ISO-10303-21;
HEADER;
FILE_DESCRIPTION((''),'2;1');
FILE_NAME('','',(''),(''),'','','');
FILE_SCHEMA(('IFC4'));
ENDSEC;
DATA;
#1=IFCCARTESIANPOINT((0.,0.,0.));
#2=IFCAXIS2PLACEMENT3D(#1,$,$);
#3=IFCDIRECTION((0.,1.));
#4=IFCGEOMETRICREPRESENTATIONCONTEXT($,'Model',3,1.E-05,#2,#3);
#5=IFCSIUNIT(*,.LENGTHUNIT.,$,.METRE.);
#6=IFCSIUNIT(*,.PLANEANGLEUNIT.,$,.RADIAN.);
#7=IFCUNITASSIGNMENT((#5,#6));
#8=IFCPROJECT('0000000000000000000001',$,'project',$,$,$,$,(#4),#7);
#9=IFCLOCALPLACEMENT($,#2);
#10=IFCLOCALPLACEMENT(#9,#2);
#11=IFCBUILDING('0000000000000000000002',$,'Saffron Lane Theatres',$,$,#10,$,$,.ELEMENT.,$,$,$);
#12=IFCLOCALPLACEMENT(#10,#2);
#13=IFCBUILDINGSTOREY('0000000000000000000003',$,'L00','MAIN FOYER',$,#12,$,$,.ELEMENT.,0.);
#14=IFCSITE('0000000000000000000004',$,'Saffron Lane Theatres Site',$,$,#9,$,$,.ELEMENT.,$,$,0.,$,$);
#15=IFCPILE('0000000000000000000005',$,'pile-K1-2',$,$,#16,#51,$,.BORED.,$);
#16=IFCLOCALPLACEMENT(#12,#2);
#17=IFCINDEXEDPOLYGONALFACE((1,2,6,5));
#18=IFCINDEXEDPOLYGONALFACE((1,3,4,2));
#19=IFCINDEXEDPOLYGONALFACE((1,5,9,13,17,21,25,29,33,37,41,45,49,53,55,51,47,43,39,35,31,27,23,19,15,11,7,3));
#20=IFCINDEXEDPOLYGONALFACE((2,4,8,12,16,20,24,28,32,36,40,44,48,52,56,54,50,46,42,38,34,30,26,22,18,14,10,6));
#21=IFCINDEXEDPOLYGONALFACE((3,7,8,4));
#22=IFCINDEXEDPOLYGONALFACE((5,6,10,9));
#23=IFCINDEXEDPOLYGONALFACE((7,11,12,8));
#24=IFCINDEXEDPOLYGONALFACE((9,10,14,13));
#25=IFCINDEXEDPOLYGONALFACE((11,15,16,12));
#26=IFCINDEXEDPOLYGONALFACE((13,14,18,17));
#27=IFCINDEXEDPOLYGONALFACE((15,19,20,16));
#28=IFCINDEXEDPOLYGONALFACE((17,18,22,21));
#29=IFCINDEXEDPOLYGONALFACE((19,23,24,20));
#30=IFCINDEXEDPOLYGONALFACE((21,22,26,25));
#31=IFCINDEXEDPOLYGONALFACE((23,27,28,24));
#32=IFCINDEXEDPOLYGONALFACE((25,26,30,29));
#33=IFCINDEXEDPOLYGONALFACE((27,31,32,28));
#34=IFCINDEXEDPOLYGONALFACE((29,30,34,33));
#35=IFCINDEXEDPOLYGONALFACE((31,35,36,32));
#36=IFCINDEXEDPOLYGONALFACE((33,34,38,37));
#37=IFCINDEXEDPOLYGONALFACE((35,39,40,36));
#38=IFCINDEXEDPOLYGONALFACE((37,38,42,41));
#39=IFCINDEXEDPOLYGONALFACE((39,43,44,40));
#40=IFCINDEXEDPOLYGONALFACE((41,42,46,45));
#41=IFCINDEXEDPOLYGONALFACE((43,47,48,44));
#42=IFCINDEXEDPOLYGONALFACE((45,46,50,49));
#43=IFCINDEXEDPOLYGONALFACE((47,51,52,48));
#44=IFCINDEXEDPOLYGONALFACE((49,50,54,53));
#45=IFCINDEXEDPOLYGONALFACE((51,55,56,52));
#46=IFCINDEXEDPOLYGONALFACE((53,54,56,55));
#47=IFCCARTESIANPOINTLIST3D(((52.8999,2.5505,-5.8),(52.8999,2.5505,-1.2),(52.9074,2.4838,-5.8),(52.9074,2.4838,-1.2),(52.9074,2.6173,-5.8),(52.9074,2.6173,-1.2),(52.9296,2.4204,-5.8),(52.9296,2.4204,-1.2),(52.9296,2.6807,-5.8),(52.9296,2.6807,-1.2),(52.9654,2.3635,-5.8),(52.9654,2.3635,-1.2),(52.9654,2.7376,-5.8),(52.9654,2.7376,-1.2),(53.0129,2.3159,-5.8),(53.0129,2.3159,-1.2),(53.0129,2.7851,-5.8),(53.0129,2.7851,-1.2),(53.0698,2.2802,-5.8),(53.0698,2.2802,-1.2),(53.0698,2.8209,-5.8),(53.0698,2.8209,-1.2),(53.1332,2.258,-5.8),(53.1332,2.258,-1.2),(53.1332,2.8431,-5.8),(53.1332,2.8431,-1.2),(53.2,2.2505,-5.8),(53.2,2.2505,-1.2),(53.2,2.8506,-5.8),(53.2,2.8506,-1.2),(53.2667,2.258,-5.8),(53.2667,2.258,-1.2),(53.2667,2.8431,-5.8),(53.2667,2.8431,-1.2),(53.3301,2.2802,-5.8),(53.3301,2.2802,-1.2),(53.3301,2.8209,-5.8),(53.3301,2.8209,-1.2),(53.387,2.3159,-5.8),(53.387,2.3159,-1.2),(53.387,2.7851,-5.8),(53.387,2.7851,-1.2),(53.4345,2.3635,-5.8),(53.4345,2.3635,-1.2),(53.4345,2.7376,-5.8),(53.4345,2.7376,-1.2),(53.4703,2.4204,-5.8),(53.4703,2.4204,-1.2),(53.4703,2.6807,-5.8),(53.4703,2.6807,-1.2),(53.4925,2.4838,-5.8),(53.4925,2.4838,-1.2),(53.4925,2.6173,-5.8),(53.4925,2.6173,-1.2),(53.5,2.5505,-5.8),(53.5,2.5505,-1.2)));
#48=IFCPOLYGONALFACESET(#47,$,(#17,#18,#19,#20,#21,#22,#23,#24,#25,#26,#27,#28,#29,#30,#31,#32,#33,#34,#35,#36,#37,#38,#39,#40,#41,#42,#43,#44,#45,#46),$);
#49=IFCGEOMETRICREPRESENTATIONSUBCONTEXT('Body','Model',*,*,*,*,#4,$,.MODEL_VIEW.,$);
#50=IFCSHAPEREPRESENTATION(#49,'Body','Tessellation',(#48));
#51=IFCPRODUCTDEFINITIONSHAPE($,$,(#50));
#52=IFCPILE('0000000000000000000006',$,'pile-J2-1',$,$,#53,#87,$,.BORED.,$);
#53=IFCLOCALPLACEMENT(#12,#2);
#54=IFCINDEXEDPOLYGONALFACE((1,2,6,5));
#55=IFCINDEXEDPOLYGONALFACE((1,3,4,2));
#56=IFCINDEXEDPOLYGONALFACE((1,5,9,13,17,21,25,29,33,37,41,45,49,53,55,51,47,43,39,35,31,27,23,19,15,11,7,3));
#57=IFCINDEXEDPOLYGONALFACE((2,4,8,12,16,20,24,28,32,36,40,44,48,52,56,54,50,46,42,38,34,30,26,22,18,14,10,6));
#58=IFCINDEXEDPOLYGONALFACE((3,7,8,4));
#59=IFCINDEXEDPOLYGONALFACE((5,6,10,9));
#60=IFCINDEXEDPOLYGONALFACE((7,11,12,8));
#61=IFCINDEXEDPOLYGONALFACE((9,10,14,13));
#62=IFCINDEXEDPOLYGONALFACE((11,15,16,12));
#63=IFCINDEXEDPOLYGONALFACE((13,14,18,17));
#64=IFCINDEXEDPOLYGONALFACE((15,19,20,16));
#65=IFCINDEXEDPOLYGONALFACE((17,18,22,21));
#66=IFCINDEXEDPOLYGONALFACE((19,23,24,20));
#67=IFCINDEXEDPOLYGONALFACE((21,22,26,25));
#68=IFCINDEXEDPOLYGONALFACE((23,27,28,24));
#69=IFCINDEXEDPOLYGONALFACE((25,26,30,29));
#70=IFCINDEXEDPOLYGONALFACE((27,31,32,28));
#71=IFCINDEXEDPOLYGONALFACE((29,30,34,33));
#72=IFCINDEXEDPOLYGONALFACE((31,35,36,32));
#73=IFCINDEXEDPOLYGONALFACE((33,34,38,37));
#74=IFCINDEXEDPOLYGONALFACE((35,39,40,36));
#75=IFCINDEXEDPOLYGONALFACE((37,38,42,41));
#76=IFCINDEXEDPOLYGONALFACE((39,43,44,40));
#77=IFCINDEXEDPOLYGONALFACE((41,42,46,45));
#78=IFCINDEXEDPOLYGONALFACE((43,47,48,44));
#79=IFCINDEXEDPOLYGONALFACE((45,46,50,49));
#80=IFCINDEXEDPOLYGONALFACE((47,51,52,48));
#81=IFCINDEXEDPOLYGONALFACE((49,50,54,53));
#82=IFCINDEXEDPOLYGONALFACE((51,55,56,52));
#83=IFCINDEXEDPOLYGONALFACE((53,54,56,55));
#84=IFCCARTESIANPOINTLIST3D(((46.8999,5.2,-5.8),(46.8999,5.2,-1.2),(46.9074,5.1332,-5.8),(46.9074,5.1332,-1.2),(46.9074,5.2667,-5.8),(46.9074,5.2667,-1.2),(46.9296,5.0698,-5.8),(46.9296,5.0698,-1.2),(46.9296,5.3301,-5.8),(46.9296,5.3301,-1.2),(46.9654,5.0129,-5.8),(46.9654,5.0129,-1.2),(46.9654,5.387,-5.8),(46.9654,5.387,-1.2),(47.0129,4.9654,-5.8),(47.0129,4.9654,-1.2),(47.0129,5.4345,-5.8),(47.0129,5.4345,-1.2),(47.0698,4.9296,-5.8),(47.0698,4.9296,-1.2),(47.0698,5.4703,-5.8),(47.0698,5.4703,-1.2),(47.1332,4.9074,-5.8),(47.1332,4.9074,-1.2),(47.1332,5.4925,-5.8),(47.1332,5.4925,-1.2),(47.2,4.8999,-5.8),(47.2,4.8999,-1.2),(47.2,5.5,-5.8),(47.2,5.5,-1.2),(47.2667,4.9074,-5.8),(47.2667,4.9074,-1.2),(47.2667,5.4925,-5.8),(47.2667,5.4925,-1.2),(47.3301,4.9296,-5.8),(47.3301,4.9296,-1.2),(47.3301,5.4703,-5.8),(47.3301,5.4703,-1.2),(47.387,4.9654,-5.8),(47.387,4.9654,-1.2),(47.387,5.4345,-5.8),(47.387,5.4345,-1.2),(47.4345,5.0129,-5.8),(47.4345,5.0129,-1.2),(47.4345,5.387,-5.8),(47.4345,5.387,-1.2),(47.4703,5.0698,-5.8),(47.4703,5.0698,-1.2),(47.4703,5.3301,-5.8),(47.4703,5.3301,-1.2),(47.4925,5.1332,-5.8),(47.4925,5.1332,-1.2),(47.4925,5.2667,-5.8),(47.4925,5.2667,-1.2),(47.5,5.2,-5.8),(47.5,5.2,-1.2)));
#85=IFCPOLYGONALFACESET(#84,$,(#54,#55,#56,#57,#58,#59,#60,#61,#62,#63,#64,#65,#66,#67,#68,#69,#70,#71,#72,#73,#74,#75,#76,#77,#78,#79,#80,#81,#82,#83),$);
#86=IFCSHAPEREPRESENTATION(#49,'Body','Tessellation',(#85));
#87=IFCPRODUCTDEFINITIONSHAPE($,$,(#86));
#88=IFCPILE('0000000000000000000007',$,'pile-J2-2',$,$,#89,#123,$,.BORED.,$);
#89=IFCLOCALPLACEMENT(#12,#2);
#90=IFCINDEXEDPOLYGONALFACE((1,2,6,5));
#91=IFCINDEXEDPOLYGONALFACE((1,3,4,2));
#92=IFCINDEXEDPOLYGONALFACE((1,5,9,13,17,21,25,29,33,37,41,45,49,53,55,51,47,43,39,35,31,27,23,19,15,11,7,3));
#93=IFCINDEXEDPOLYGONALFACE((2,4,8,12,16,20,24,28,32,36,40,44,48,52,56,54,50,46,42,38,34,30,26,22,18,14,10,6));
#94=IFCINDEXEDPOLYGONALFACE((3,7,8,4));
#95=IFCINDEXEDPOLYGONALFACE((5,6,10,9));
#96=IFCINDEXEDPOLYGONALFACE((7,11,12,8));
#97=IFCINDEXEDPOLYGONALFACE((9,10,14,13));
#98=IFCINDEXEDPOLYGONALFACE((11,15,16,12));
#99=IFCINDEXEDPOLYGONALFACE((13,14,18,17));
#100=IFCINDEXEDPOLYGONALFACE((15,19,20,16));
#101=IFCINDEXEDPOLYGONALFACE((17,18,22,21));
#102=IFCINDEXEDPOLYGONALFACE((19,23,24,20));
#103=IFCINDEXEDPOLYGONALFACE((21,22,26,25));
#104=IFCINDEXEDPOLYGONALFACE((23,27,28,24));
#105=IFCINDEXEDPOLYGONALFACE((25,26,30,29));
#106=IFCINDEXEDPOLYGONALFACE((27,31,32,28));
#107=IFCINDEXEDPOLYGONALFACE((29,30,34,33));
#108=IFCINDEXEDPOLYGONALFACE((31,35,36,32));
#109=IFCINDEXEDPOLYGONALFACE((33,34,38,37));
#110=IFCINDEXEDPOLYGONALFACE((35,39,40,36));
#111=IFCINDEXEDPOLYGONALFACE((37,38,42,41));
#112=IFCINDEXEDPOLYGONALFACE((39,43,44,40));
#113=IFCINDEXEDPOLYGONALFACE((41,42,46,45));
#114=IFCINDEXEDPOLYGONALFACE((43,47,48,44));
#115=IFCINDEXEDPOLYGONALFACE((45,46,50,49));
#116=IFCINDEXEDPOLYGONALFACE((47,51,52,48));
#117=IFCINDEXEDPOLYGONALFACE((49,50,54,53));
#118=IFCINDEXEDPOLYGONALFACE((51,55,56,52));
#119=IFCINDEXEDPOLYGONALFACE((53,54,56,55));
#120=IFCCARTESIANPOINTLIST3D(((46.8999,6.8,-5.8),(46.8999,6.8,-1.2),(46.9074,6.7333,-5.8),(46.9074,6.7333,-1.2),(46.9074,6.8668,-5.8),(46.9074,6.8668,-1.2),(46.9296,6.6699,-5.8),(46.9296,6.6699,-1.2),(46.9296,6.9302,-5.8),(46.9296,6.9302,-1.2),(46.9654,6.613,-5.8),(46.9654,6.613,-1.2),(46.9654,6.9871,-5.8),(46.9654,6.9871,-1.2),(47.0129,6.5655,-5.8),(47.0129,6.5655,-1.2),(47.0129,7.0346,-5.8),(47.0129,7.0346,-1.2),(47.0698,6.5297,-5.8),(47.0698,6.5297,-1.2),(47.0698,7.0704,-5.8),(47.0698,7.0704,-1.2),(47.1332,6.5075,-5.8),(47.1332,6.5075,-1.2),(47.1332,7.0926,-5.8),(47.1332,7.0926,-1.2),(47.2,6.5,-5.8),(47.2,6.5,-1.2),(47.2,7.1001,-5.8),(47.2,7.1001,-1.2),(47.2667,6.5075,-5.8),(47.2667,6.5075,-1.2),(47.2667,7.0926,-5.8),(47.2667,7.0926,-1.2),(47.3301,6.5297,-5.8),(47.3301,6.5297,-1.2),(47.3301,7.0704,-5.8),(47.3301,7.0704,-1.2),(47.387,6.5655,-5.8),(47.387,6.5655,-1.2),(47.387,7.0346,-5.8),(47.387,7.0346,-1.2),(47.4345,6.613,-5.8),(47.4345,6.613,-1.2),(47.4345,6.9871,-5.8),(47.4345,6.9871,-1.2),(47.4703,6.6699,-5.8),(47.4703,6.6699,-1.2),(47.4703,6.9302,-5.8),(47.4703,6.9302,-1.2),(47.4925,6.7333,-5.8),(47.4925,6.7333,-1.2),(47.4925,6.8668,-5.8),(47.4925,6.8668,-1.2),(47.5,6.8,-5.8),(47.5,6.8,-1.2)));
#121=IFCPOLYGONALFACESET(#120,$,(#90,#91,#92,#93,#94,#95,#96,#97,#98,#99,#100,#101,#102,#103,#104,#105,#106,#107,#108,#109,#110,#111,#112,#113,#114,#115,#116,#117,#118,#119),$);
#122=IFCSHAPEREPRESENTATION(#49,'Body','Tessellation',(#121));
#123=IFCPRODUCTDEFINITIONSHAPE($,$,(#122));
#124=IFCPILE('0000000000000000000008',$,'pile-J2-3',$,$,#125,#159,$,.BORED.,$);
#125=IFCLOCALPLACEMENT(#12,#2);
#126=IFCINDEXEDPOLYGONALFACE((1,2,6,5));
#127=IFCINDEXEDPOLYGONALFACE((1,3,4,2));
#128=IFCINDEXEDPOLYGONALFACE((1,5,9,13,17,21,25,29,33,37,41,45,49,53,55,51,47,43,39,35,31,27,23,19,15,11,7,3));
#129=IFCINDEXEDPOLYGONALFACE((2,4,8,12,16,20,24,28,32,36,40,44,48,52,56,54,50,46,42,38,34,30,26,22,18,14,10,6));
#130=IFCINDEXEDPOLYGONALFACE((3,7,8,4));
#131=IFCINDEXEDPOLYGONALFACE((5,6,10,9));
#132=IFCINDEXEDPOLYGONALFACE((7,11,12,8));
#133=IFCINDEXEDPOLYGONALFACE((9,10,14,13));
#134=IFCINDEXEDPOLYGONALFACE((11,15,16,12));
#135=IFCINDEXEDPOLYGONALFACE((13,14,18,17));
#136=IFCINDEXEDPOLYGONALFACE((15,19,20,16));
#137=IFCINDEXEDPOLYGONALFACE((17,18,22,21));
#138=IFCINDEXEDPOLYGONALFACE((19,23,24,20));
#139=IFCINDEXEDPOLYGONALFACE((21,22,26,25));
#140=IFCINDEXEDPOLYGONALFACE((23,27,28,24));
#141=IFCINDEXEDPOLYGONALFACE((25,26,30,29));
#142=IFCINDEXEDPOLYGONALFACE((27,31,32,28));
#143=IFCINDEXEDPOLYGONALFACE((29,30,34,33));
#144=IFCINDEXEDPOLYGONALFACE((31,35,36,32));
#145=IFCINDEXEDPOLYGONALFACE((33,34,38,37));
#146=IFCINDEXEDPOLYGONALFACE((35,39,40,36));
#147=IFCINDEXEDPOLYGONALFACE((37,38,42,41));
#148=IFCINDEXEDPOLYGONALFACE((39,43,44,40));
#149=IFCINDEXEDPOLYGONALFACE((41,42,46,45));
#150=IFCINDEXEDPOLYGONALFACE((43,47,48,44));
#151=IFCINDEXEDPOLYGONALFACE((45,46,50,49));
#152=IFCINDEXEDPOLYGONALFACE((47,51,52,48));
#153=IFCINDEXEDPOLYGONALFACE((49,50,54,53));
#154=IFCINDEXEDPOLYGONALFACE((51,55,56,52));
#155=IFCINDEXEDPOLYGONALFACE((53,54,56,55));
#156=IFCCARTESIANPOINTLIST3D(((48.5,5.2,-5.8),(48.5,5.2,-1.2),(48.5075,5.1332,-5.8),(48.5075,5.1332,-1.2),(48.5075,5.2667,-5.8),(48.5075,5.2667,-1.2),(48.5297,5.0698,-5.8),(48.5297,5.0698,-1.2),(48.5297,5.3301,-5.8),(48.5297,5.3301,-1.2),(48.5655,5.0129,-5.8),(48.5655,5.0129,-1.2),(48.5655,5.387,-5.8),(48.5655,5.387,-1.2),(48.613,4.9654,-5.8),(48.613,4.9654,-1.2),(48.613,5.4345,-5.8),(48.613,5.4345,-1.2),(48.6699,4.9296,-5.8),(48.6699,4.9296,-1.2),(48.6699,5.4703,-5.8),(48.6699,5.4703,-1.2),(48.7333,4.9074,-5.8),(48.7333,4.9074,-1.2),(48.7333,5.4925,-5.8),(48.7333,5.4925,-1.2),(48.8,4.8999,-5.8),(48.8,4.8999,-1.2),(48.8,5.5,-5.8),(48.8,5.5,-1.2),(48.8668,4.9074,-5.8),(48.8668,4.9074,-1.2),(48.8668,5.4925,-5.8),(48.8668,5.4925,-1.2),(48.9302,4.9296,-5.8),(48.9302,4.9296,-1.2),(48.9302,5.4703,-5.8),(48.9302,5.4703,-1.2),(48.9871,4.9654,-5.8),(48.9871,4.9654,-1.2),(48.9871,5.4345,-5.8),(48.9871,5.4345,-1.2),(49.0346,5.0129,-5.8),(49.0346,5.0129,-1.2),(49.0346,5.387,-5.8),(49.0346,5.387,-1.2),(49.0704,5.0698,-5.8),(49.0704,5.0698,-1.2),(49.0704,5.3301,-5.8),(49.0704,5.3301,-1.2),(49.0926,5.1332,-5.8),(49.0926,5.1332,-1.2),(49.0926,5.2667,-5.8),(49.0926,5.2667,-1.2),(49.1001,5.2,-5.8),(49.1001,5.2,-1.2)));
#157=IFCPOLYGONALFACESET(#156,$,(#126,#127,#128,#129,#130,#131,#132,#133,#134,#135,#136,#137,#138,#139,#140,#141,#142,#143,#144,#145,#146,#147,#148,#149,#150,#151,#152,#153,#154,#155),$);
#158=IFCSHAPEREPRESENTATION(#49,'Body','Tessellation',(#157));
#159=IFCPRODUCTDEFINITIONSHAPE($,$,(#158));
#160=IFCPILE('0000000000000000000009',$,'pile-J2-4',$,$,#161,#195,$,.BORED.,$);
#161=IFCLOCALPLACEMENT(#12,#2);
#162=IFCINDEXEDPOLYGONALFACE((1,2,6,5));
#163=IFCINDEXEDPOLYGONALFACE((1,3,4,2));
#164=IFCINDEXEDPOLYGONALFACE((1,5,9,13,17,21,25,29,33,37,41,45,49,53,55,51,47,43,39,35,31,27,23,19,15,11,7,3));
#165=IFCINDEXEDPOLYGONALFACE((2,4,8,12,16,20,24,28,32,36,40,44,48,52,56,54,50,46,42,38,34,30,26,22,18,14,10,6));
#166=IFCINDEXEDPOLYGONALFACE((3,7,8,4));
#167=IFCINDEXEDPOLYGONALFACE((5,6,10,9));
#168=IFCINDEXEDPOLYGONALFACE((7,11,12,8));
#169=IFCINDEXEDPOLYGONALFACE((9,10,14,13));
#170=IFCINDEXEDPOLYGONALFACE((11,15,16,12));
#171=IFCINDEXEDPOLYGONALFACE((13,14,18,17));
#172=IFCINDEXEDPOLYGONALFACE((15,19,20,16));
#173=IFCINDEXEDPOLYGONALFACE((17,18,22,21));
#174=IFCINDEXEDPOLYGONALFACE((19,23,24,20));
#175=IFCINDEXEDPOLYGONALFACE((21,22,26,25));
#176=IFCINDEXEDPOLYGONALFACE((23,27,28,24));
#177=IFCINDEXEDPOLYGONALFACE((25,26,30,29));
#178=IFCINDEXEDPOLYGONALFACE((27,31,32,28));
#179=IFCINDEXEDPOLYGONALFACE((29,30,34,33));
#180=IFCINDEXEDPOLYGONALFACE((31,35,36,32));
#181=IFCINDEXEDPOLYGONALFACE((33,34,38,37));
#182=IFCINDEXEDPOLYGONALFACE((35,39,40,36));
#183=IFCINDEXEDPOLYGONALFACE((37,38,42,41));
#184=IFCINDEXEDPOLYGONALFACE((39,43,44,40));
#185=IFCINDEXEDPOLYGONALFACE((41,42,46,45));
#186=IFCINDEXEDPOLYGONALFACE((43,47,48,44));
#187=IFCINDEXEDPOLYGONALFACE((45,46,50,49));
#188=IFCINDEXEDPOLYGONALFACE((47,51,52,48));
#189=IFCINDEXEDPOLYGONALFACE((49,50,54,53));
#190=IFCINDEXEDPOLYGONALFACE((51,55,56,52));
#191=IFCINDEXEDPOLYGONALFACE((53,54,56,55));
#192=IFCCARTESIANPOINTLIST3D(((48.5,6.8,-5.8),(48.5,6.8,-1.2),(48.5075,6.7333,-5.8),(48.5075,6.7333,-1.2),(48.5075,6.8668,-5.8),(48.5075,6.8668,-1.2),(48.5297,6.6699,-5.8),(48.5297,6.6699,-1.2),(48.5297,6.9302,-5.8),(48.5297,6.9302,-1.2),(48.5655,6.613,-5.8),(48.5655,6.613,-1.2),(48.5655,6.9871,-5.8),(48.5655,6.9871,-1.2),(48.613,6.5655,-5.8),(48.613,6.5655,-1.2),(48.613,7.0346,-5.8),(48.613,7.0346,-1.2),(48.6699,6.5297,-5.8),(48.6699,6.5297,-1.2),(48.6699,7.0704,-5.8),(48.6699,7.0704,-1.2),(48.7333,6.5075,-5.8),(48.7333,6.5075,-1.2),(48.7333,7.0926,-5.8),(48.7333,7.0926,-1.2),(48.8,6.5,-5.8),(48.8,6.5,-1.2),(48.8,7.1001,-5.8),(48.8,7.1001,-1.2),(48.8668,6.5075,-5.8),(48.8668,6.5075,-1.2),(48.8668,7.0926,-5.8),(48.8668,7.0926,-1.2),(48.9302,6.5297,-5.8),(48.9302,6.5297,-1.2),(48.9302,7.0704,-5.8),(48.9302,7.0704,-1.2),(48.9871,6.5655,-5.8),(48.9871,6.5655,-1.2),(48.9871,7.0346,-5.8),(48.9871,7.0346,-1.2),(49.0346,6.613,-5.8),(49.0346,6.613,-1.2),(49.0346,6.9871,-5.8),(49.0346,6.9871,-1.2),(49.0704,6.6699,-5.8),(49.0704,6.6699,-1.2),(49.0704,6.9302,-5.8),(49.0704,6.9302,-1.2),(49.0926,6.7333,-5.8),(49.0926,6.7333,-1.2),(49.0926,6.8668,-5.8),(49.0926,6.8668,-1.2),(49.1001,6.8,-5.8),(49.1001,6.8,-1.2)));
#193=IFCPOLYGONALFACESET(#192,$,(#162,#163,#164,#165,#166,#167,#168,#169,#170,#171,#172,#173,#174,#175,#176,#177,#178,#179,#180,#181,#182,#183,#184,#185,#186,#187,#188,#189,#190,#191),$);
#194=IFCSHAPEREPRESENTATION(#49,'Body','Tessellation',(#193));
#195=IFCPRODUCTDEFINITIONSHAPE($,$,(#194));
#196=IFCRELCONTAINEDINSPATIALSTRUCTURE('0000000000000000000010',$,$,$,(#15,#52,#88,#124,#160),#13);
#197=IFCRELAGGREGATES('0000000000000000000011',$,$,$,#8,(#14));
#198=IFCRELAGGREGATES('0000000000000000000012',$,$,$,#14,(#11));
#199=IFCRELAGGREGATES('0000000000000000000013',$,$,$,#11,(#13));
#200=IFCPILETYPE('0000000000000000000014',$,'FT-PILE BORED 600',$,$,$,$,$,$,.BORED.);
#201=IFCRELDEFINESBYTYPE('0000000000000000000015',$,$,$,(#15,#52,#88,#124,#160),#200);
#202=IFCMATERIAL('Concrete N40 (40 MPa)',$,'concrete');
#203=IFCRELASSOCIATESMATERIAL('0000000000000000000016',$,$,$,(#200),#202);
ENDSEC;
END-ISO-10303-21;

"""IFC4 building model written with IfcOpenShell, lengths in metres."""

from ifc_helpers import new_model, si_unit, direction, frame, origin, origin_2d, place, context, subcontext, project, spatial, circle, extrude, material, material_profile, profile_set, type_object, element, save


model = new_model("IFC4")

# Units and contexts
model_context = context("Model", 3, precision=1e-05, world=origin(), true_north=direction((0.0, 1.0)))
body_context = subcontext(model_context, "Body", "Model", "MODEL_VIEW")
ifc_project = project(units=[si_unit("LENGTHUNIT", "METRE"), si_unit("PLANEANGLEUNIT", "RADIAN")], contexts=[model_context])

# Site, building, storey
site_placement = place(None, origin())
site = spatial("IfcSite", under=ifc_project, at=site_placement, Name="Saffron Lane Theatres Site", CompositionType="ELEMENT", RefElevation=0.0)
building_placement = place(site_placement, origin())
building = spatial("IfcBuilding", under=site, at=building_placement, Name="Saffron Lane Theatres", CompositionType="ELEMENT")
storey_placement = place(building_placement, origin())
storey = spatial("IfcBuildingStorey", under=building, at=storey_placement, Name="L00", Description="MAIN FOYER", CompositionType="ELEMENT", Elevation=0.0)

# Piles
ifc_material_1 = material(Name="Concrete N40 (40 MPa)", Category="concrete")
ifc_material_profile_1 = material_profile(ifc_material_1, circle(Radius=0.3, at=origin_2d()))
ifc_profile_set_1 = profile_set([ifc_material_profile_1], Name="Concrete N40 (40 MPa)")
pile_type = type_object("IfcPileType", Name="FT-PILE BORED 600", PredefinedType="BORED", material=ifc_profile_set_1)
for number, where, z_axis, x_axis, name in (
    (1, (53.2, 2.5505, -1.2), (0.0, 0.0, -1.0), (1.0, 0.0, 0.0), "pile-K1-2"),
    (2, (47.2, 5.2, -1.2), (0.0, 0.0, -1.0), (1.0, 0.0, 0.0), "pile-J2-1"),
    (3, (47.2, 6.8, -1.2), (0.0, 0.0, -1.0), (1.0, 0.0, 0.0), "pile-J2-2"),
    (4, (48.8, 5.2, -1.2), (0.0, 0.0, -1.0), (1.0, 0.0, 0.0), "pile-J2-3"),
    (5, (48.8, 6.8, -1.2), (0.0, 0.0, -1.0), (1.0, 0.0, 0.0), "pile-J2-4"),
):
    element("IfcPile", number, at=place(storey_placement, frame(where, z_axis=z_axis, x_axis=x_axis)), inside=storey, type_object=pile_type, Name=name, PredefinedType="BORED", context=body_context, shape_type="SweptSolid", body=[
        extrude(circle(Radius=0.3, at=origin_2d()), origin(), (0.0, 0.0, 1.0), 4.6001),
    ])

save(model, "model.ifc")
